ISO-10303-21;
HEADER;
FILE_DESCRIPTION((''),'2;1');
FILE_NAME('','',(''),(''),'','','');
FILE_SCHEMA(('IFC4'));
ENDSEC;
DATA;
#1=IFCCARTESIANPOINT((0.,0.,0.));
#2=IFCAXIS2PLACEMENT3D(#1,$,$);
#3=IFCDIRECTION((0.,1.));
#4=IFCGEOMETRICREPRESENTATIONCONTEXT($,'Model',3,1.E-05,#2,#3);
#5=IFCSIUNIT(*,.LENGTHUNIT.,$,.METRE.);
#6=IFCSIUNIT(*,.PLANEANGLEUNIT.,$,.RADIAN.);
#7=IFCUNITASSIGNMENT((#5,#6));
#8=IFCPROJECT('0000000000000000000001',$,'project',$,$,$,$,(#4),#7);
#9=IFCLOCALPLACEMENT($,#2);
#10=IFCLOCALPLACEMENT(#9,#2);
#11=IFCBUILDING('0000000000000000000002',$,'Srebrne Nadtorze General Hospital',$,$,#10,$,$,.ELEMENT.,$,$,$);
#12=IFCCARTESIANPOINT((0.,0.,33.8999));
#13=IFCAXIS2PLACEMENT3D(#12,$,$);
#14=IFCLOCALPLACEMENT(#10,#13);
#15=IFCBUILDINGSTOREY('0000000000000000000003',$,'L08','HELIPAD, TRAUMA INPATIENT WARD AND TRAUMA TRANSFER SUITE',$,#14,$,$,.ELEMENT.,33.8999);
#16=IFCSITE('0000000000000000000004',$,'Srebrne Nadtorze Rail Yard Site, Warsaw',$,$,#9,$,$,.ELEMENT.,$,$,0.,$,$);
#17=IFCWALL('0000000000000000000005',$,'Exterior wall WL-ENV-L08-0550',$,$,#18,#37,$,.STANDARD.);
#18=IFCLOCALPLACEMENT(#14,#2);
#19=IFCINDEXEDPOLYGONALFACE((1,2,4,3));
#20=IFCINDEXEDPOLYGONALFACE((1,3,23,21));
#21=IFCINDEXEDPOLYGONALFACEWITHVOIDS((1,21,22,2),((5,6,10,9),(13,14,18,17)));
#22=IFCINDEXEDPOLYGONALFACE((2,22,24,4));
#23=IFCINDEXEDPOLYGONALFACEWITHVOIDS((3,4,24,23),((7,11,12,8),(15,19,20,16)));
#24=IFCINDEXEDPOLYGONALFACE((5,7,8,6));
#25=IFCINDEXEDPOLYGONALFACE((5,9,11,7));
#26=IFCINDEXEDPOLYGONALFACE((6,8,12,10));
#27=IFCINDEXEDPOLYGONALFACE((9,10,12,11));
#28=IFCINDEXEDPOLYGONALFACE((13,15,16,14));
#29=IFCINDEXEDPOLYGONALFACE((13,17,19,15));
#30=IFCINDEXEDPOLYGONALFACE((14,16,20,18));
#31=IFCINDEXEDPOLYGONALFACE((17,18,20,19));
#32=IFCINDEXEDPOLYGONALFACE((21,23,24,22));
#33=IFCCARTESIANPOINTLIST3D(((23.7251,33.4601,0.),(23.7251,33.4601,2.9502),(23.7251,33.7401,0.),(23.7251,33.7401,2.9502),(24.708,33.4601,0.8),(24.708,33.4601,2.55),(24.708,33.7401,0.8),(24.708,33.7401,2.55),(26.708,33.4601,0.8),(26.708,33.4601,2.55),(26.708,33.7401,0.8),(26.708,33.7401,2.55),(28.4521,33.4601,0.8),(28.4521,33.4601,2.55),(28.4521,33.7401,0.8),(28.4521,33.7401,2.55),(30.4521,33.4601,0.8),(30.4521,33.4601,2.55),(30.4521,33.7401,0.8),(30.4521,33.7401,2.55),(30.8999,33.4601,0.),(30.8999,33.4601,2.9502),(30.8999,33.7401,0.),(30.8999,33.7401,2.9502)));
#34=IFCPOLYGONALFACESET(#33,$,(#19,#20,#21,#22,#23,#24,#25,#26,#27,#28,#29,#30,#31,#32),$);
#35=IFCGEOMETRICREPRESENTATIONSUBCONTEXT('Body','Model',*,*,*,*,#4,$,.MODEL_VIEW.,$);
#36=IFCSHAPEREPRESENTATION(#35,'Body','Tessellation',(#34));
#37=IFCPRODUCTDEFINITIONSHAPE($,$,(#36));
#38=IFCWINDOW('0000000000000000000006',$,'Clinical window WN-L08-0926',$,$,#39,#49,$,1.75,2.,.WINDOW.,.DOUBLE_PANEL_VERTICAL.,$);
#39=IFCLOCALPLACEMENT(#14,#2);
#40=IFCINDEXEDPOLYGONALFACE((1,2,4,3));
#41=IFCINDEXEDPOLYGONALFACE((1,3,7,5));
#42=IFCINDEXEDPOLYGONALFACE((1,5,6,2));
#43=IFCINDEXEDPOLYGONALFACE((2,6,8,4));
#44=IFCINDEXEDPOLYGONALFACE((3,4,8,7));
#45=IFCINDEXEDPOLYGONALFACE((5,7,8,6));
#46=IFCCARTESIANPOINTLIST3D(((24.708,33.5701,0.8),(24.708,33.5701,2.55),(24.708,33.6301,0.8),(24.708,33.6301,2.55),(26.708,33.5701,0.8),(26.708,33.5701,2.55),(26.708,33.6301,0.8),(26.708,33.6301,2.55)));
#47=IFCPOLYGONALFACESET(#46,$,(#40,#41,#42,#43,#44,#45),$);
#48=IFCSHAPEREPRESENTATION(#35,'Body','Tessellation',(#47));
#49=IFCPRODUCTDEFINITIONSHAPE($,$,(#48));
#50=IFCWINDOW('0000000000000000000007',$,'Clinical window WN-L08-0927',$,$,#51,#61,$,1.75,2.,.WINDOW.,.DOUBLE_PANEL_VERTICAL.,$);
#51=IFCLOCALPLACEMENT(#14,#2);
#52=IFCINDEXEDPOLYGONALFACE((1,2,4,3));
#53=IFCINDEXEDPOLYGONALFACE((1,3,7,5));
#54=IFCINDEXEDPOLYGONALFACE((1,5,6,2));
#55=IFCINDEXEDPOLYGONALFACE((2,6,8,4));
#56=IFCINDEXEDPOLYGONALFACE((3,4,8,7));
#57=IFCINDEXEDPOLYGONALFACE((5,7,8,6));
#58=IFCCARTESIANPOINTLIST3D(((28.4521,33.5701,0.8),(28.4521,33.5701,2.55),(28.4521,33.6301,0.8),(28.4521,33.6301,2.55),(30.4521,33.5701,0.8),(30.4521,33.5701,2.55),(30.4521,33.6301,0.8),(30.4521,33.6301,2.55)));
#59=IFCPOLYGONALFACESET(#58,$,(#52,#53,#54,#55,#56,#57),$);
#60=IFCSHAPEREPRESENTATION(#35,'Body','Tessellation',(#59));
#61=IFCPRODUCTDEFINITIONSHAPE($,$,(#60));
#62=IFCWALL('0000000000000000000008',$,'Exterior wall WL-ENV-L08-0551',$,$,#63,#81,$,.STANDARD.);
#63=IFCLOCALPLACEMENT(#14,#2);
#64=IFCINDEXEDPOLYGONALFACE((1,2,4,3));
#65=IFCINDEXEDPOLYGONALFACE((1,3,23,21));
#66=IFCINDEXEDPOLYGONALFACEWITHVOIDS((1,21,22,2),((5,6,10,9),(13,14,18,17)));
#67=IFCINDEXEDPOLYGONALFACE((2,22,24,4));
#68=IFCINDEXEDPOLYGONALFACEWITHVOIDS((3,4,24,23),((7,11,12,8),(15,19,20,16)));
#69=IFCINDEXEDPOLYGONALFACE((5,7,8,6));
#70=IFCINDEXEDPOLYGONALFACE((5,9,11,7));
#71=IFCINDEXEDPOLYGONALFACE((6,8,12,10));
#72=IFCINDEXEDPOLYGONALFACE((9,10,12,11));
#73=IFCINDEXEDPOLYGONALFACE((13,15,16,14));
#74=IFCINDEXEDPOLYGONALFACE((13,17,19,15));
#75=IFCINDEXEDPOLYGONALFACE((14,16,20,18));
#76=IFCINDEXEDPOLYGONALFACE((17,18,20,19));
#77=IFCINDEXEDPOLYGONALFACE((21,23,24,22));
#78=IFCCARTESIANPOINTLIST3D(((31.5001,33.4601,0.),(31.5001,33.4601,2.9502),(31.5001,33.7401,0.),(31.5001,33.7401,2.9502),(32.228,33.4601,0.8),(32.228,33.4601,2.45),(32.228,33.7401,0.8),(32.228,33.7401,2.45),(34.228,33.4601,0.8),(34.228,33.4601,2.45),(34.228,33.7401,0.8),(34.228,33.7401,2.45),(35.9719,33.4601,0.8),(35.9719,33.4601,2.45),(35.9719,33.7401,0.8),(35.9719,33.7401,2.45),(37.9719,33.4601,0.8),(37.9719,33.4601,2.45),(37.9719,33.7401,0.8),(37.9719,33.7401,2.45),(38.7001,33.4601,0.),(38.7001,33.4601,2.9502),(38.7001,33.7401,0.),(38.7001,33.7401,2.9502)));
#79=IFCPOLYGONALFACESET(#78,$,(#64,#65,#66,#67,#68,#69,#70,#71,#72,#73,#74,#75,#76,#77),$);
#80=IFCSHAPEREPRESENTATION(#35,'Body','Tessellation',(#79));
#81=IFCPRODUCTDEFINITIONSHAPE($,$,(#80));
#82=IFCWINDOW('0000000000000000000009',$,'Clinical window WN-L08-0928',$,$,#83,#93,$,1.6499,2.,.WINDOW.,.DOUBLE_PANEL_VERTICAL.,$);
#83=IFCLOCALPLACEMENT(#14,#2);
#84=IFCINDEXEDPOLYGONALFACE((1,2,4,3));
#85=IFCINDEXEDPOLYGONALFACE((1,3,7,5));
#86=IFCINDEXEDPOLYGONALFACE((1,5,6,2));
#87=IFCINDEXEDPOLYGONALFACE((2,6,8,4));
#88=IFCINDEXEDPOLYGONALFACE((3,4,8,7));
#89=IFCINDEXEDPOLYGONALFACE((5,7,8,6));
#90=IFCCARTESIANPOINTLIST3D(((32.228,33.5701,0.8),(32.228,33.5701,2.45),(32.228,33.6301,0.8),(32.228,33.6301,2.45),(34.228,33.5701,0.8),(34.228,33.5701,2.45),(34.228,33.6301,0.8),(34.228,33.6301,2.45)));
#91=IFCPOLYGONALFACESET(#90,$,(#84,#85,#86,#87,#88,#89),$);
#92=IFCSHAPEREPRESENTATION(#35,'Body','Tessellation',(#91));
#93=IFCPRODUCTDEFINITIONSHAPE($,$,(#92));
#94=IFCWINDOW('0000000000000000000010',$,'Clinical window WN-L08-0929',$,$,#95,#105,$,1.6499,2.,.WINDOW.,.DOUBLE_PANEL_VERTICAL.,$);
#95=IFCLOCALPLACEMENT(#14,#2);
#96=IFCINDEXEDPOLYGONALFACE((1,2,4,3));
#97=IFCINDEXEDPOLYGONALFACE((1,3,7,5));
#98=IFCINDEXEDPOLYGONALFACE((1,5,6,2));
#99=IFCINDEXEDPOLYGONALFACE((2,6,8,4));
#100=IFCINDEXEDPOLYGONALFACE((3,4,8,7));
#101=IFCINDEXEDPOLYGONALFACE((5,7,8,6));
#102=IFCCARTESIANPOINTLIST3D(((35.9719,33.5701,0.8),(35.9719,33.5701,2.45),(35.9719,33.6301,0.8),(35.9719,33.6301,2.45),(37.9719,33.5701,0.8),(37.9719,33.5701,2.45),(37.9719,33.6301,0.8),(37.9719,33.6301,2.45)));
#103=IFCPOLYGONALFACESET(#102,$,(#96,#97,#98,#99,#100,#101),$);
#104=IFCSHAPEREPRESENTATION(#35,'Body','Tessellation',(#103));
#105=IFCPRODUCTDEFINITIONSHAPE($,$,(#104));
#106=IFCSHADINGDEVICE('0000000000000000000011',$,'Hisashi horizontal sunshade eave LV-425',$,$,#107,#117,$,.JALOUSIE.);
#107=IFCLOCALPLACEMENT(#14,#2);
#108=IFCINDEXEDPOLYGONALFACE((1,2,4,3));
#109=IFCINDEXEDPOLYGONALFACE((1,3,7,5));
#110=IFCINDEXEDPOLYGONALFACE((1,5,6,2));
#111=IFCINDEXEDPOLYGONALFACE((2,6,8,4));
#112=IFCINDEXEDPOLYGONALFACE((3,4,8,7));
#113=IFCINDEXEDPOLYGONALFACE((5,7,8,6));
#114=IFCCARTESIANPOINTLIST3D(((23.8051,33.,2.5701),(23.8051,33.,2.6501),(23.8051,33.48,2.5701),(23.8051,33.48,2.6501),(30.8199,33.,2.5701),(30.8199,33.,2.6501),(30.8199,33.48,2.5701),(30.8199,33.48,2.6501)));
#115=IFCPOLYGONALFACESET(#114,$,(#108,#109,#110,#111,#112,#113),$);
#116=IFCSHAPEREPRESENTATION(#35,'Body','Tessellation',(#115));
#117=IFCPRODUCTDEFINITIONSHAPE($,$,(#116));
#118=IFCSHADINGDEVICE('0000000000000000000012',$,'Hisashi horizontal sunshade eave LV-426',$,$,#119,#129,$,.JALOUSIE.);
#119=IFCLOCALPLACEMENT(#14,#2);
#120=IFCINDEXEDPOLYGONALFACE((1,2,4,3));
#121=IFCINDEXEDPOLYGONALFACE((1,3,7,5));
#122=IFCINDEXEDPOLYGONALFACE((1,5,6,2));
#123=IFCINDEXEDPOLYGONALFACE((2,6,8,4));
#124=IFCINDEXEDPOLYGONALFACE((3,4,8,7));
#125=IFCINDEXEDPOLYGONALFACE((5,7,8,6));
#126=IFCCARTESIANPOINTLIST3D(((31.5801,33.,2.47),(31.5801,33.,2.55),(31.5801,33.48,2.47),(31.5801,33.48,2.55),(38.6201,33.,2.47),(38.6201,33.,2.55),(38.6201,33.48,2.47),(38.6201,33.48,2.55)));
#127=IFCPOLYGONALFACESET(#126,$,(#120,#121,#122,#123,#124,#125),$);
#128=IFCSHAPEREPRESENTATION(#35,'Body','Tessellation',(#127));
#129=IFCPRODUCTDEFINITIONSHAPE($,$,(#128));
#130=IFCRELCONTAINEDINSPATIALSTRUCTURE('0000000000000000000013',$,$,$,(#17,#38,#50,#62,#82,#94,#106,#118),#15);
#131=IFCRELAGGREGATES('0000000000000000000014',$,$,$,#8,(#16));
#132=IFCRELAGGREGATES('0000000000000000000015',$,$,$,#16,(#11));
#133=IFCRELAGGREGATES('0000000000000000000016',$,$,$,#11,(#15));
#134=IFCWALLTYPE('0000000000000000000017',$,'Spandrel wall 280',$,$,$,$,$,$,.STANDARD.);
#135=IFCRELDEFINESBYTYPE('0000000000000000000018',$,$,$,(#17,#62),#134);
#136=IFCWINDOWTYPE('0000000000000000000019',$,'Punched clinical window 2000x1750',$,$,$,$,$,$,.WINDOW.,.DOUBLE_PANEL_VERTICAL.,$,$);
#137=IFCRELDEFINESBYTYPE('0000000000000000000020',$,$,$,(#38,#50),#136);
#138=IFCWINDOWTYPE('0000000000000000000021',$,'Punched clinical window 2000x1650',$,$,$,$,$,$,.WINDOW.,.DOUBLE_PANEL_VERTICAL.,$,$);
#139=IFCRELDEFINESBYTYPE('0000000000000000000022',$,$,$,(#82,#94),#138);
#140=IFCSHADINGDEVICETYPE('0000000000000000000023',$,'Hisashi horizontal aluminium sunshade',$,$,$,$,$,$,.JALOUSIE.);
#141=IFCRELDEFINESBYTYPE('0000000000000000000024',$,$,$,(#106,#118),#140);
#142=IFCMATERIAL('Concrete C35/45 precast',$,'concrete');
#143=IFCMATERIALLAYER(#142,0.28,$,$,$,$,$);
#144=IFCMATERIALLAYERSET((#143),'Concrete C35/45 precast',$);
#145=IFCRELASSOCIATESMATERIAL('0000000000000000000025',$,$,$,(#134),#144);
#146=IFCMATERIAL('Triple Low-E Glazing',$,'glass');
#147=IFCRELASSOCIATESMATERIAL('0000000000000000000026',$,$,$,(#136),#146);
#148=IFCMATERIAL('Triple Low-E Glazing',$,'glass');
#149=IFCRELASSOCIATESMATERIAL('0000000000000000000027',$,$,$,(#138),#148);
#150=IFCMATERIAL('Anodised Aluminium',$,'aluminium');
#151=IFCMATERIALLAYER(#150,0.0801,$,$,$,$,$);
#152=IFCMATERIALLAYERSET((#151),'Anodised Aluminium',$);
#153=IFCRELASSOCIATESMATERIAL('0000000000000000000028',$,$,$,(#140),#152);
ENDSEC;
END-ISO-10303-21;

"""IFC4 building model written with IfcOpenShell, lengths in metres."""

from ifc_helpers import new_model, si_unit, direction, frame, frame_2d, origin, origin_2d, place, context, subcontext, project, spatial, rectangle, extrude, material, layer, layer_set, type_object, element, fill, save


model = new_model("IFC4")

# Units and contexts
model_context = context("Model", 3, precision=1e-05, world=origin(), true_north=direction((0.0, 1.0)))
body_context = subcontext(model_context, "Body", "Model", "MODEL_VIEW")
ifc_project = project(units=[si_unit("LENGTHUNIT", "METRE"), si_unit("PLANEANGLEUNIT", "RADIAN")], contexts=[model_context])

# Site, building, storey
site_placement = place(None, origin())
site = spatial("IfcSite", under=ifc_project, at=site_placement, Name="Srebrne Nadtorze Rail Yard Site, Warsaw", CompositionType="ELEMENT", RefElevation=0.0)
building_placement = place(site_placement, origin())
building = spatial("IfcBuilding", under=site, at=building_placement, Name="Srebrne Nadtorze General Hospital", CompositionType="ELEMENT")
storey_placement = place(building_placement, frame((0.0, 0.0, 33.8999)))
storey = spatial("IfcBuildingStorey", under=building, at=storey_placement, Name="L08", Description="HELIPAD, TRAUMA INPATIENT WARD AND TRAUMA TRANSFER SUITE", CompositionType="ELEMENT", Elevation=33.8999)

# Walls, openings, windows
ifc_material_1 = material(Name="Concrete C35/45 precast", Category="concrete")
ifc_layer_1 = layer(ifc_material_1, 0.28)
ifc_layer_set_1 = layer_set([ifc_layer_1], Name="Concrete C35/45 precast")
wall_type_1 = type_object("IfcWallType", Name="Spandrel wall 280", PredefinedType="STANDARD", material=ifc_layer_set_1)
wall_1_placement = place(storey_placement, frame((23.7251, 33.6001, 0.0), z_axis=(0.0, 0.0, 1.0), x_axis=(1.0, 0.0, 0.0)))
wall_1 = element("IfcWall", 1, at=wall_1_placement, inside=storey, type_object=wall_type_1, Name="Exterior wall WL-ENV-L08-0550", PredefinedType="STANDARD", context=body_context, shape_type="SweptSolid", body=[
    extrude(rectangle(XDim=7.1748, YDim=0.28, at=frame_2d((3.5874, 0.0))), origin(), (0.0, 0.0, 1.0), 2.9502),
])
opening_1_placement = place(wall_1_placement, frame((0.9829, 0.0, 0.8)))
opening_1 = element("IfcOpeningElement", 2, at=opening_1_placement, cuts=wall_1, PredefinedType="OPENING", context=body_context, shape_type="SweptSolid", body=[
    extrude(rectangle(XDim=2.0, YDim=1.75, at=frame_2d((1.0, 0.875))), frame((0.0, 0.1519, 0.0), z_axis=(0.0, -1.0, 0.0), x_axis=(1.0, 0.0, 0.0)), (0.0, 0.0, 1.0), 0.304),
])
opening_2_placement = place(wall_1_placement, frame((4.7271, 0.0, 0.8)))
opening_2 = element("IfcOpeningElement", 3, at=opening_2_placement, cuts=wall_1, PredefinedType="OPENING", context=body_context, shape_type="SweptSolid", body=[
    extrude(rectangle(XDim=2.0, YDim=1.75, at=frame_2d((1.0, 0.875))), frame((0.0, 0.1519, 0.0), z_axis=(0.0, -1.0, 0.0), x_axis=(1.0, 0.0, 0.0)), (0.0, 0.0, 1.0), 0.304),
])
ifc_material_2 = material(Name="Triple Low-E Glazing", Category="glass")
window_type_1 = type_object("IfcWindowType", Name="Punched clinical window 2000x1750", PartitioningType="DOUBLE_PANEL_VERTICAL", PredefinedType="WINDOW", material=ifc_material_2)
window_1_placement = place(opening_1_placement, origin())
window_1 = element("IfcWindow", 4, at=window_1_placement, inside=storey, type_object=window_type_1, Name="Clinical window WN-L08-0926", OverallHeight=1.75, OverallWidth=2.0, PartitioningType="DOUBLE_PANEL_VERTICAL", PredefinedType="WINDOW", context=body_context, shape_type="SweptSolid", body=[
    extrude(rectangle(XDim=2.0, YDim=1.75, at=frame_2d((1.0, 0.875))), frame((0.0, 0.03, 0.0), z_axis=(0.0, -1.0, 0.0), x_axis=(1.0, 0.0, 0.0)), (0.0, 0.0, 1.0), 0.0601),
])
fill(opening_1, window_1)
window_2_placement = place(opening_2_placement, origin())
window_2 = element("IfcWindow", 5, at=window_2_placement, inside=storey, type_object=window_type_1, Name="Clinical window WN-L08-0927", OverallHeight=1.75, OverallWidth=2.0, PartitioningType="DOUBLE_PANEL_VERTICAL", PredefinedType="WINDOW", context=body_context, shape_type="SweptSolid", body=[
    extrude(rectangle(XDim=2.0, YDim=1.75, at=frame_2d((1.0, 0.875))), frame((0.0, 0.03, 0.0), z_axis=(0.0, -1.0, 0.0), x_axis=(1.0, 0.0, 0.0)), (0.0, 0.0, 1.0), 0.0601),
])
fill(opening_2, window_2)
wall_2_placement = place(storey_placement, frame((31.5, 33.6001, 0.0), z_axis=(0.0, 0.0, 1.0), x_axis=(1.0, 0.0, 0.0)))
wall_2 = element("IfcWall", 6, at=wall_2_placement, inside=storey, type_object=wall_type_1, Name="Exterior wall WL-ENV-L08-0551", PredefinedType="STANDARD", context=body_context, shape_type="SweptSolid", body=[
    extrude(rectangle(XDim=7.2, YDim=0.28, at=frame_2d((3.6001, 0.0))), origin(), (0.0, 0.0, 1.0), 2.9502),
])
opening_3_placement = place(wall_2_placement, frame((0.728, 0.0, 0.8)))
opening_3 = element("IfcOpeningElement", 7, at=opening_3_placement, cuts=wall_2, PredefinedType="OPENING", context=body_context, shape_type="SweptSolid", body=[
    extrude(rectangle(XDim=2.0, YDim=1.6499, at=frame_2d((1.0, 0.825))), frame((0.0, 0.1519, 0.0), z_axis=(0.0, -1.0, 0.0), x_axis=(1.0, 0.0, 0.0)), (0.0, 0.0, 1.0), 0.304),
])
opening_4_placement = place(wall_2_placement, frame((4.4719, 0.0, 0.8)))
opening_4 = element("IfcOpeningElement", 8, at=opening_4_placement, cuts=wall_2, PredefinedType="OPENING", context=body_context, shape_type="SweptSolid", body=[
    extrude(rectangle(XDim=2.0, YDim=1.6499, at=frame_2d((1.0, 0.825))), frame((0.0, 0.1519, 0.0), z_axis=(0.0, -1.0, 0.0), x_axis=(1.0, 0.0, 0.0)), (0.0, 0.0, 1.0), 0.304),
])
ifc_material_3 = material(Name="Triple Low-E Glazing", Category="glass")
window_type_2 = type_object("IfcWindowType", Name="Punched clinical window 2000x1650", PartitioningType="DOUBLE_PANEL_VERTICAL", PredefinedType="WINDOW", material=ifc_material_3)
window_3_placement = place(opening_3_placement, origin())
window_3 = element("IfcWindow", 9, at=window_3_placement, inside=storey, type_object=window_type_2, Name="Clinical window WN-L08-0928", OverallHeight=1.6499, OverallWidth=2.0, PartitioningType="DOUBLE_PANEL_VERTICAL", PredefinedType="WINDOW", context=body_context, shape_type="SweptSolid", body=[
    extrude(rectangle(XDim=2.0, YDim=1.6499, at=frame_2d((1.0, 0.825))), frame((0.0, 0.03, 0.0), z_axis=(0.0, -1.0, 0.0), x_axis=(1.0, 0.0, 0.0)), (0.0, 0.0, 1.0), 0.0601),
])
fill(opening_3, window_3)
window_4_placement = place(opening_4_placement, origin())
window_4 = element("IfcWindow", 10, at=window_4_placement, inside=storey, type_object=window_type_2, Name="Clinical window WN-L08-0929", OverallHeight=1.6499, OverallWidth=2.0, PartitioningType="DOUBLE_PANEL_VERTICAL", PredefinedType="WINDOW", context=body_context, shape_type="SweptSolid", body=[
    extrude(rectangle(XDim=2.0, YDim=1.6499, at=frame_2d((1.0, 0.825))), frame((0.0, 0.03, 0.0), z_axis=(0.0, -1.0, 0.0), x_axis=(1.0, 0.0, 0.0)), (0.0, 0.0, 1.0), 0.0601),
])
fill(opening_4, window_4)

# Shading devices
ifc_material_4 = material(Name="Anodised Aluminium", Category="aluminium")
ifc_layer_2 = layer(ifc_material_4, 0.0801)
ifc_layer_set_2 = layer_set([ifc_layer_2], Name="Anodised Aluminium")
shading_device_type = type_object("IfcShadingDeviceType", Name="Hisashi horizontal aluminium sunshade", PredefinedType="JALOUSIE", material=ifc_layer_set_2)
shading_device_1_placement = place(storey_placement, frame((27.3125, 33.24, 2.5701), z_axis=(0.0, 0.0, 1.0), x_axis=(1.0, 0.0, 0.0)))
element("IfcShadingDevice", 11, at=shading_device_1_placement, inside=storey, type_object=shading_device_type, Name="Hisashi horizontal sunshade eave LV-425", PredefinedType="JALOUSIE", context=body_context, shape_type="SweptSolid", body=[
    extrude(rectangle(XDim=7.0149, YDim=0.48, at=origin_2d()), origin(), (0.0, 0.0, 1.0), 0.0801),
])
shading_device_2_placement = place(storey_placement, frame((35.1001, 33.24, 2.47), z_axis=(0.0, 0.0, 1.0), x_axis=(1.0, 0.0, 0.0)))
element("IfcShadingDevice", 12, at=shading_device_2_placement, inside=storey, type_object=shading_device_type, Name="Hisashi horizontal sunshade eave LV-426", PredefinedType="JALOUSIE", context=body_context, shape_type="SweptSolid", body=[
    extrude(rectangle(XDim=7.04, YDim=0.48, at=origin_2d()), origin(), (0.0, 0.0, 1.0), 0.0801),
])

save(model, "model.ifc")
